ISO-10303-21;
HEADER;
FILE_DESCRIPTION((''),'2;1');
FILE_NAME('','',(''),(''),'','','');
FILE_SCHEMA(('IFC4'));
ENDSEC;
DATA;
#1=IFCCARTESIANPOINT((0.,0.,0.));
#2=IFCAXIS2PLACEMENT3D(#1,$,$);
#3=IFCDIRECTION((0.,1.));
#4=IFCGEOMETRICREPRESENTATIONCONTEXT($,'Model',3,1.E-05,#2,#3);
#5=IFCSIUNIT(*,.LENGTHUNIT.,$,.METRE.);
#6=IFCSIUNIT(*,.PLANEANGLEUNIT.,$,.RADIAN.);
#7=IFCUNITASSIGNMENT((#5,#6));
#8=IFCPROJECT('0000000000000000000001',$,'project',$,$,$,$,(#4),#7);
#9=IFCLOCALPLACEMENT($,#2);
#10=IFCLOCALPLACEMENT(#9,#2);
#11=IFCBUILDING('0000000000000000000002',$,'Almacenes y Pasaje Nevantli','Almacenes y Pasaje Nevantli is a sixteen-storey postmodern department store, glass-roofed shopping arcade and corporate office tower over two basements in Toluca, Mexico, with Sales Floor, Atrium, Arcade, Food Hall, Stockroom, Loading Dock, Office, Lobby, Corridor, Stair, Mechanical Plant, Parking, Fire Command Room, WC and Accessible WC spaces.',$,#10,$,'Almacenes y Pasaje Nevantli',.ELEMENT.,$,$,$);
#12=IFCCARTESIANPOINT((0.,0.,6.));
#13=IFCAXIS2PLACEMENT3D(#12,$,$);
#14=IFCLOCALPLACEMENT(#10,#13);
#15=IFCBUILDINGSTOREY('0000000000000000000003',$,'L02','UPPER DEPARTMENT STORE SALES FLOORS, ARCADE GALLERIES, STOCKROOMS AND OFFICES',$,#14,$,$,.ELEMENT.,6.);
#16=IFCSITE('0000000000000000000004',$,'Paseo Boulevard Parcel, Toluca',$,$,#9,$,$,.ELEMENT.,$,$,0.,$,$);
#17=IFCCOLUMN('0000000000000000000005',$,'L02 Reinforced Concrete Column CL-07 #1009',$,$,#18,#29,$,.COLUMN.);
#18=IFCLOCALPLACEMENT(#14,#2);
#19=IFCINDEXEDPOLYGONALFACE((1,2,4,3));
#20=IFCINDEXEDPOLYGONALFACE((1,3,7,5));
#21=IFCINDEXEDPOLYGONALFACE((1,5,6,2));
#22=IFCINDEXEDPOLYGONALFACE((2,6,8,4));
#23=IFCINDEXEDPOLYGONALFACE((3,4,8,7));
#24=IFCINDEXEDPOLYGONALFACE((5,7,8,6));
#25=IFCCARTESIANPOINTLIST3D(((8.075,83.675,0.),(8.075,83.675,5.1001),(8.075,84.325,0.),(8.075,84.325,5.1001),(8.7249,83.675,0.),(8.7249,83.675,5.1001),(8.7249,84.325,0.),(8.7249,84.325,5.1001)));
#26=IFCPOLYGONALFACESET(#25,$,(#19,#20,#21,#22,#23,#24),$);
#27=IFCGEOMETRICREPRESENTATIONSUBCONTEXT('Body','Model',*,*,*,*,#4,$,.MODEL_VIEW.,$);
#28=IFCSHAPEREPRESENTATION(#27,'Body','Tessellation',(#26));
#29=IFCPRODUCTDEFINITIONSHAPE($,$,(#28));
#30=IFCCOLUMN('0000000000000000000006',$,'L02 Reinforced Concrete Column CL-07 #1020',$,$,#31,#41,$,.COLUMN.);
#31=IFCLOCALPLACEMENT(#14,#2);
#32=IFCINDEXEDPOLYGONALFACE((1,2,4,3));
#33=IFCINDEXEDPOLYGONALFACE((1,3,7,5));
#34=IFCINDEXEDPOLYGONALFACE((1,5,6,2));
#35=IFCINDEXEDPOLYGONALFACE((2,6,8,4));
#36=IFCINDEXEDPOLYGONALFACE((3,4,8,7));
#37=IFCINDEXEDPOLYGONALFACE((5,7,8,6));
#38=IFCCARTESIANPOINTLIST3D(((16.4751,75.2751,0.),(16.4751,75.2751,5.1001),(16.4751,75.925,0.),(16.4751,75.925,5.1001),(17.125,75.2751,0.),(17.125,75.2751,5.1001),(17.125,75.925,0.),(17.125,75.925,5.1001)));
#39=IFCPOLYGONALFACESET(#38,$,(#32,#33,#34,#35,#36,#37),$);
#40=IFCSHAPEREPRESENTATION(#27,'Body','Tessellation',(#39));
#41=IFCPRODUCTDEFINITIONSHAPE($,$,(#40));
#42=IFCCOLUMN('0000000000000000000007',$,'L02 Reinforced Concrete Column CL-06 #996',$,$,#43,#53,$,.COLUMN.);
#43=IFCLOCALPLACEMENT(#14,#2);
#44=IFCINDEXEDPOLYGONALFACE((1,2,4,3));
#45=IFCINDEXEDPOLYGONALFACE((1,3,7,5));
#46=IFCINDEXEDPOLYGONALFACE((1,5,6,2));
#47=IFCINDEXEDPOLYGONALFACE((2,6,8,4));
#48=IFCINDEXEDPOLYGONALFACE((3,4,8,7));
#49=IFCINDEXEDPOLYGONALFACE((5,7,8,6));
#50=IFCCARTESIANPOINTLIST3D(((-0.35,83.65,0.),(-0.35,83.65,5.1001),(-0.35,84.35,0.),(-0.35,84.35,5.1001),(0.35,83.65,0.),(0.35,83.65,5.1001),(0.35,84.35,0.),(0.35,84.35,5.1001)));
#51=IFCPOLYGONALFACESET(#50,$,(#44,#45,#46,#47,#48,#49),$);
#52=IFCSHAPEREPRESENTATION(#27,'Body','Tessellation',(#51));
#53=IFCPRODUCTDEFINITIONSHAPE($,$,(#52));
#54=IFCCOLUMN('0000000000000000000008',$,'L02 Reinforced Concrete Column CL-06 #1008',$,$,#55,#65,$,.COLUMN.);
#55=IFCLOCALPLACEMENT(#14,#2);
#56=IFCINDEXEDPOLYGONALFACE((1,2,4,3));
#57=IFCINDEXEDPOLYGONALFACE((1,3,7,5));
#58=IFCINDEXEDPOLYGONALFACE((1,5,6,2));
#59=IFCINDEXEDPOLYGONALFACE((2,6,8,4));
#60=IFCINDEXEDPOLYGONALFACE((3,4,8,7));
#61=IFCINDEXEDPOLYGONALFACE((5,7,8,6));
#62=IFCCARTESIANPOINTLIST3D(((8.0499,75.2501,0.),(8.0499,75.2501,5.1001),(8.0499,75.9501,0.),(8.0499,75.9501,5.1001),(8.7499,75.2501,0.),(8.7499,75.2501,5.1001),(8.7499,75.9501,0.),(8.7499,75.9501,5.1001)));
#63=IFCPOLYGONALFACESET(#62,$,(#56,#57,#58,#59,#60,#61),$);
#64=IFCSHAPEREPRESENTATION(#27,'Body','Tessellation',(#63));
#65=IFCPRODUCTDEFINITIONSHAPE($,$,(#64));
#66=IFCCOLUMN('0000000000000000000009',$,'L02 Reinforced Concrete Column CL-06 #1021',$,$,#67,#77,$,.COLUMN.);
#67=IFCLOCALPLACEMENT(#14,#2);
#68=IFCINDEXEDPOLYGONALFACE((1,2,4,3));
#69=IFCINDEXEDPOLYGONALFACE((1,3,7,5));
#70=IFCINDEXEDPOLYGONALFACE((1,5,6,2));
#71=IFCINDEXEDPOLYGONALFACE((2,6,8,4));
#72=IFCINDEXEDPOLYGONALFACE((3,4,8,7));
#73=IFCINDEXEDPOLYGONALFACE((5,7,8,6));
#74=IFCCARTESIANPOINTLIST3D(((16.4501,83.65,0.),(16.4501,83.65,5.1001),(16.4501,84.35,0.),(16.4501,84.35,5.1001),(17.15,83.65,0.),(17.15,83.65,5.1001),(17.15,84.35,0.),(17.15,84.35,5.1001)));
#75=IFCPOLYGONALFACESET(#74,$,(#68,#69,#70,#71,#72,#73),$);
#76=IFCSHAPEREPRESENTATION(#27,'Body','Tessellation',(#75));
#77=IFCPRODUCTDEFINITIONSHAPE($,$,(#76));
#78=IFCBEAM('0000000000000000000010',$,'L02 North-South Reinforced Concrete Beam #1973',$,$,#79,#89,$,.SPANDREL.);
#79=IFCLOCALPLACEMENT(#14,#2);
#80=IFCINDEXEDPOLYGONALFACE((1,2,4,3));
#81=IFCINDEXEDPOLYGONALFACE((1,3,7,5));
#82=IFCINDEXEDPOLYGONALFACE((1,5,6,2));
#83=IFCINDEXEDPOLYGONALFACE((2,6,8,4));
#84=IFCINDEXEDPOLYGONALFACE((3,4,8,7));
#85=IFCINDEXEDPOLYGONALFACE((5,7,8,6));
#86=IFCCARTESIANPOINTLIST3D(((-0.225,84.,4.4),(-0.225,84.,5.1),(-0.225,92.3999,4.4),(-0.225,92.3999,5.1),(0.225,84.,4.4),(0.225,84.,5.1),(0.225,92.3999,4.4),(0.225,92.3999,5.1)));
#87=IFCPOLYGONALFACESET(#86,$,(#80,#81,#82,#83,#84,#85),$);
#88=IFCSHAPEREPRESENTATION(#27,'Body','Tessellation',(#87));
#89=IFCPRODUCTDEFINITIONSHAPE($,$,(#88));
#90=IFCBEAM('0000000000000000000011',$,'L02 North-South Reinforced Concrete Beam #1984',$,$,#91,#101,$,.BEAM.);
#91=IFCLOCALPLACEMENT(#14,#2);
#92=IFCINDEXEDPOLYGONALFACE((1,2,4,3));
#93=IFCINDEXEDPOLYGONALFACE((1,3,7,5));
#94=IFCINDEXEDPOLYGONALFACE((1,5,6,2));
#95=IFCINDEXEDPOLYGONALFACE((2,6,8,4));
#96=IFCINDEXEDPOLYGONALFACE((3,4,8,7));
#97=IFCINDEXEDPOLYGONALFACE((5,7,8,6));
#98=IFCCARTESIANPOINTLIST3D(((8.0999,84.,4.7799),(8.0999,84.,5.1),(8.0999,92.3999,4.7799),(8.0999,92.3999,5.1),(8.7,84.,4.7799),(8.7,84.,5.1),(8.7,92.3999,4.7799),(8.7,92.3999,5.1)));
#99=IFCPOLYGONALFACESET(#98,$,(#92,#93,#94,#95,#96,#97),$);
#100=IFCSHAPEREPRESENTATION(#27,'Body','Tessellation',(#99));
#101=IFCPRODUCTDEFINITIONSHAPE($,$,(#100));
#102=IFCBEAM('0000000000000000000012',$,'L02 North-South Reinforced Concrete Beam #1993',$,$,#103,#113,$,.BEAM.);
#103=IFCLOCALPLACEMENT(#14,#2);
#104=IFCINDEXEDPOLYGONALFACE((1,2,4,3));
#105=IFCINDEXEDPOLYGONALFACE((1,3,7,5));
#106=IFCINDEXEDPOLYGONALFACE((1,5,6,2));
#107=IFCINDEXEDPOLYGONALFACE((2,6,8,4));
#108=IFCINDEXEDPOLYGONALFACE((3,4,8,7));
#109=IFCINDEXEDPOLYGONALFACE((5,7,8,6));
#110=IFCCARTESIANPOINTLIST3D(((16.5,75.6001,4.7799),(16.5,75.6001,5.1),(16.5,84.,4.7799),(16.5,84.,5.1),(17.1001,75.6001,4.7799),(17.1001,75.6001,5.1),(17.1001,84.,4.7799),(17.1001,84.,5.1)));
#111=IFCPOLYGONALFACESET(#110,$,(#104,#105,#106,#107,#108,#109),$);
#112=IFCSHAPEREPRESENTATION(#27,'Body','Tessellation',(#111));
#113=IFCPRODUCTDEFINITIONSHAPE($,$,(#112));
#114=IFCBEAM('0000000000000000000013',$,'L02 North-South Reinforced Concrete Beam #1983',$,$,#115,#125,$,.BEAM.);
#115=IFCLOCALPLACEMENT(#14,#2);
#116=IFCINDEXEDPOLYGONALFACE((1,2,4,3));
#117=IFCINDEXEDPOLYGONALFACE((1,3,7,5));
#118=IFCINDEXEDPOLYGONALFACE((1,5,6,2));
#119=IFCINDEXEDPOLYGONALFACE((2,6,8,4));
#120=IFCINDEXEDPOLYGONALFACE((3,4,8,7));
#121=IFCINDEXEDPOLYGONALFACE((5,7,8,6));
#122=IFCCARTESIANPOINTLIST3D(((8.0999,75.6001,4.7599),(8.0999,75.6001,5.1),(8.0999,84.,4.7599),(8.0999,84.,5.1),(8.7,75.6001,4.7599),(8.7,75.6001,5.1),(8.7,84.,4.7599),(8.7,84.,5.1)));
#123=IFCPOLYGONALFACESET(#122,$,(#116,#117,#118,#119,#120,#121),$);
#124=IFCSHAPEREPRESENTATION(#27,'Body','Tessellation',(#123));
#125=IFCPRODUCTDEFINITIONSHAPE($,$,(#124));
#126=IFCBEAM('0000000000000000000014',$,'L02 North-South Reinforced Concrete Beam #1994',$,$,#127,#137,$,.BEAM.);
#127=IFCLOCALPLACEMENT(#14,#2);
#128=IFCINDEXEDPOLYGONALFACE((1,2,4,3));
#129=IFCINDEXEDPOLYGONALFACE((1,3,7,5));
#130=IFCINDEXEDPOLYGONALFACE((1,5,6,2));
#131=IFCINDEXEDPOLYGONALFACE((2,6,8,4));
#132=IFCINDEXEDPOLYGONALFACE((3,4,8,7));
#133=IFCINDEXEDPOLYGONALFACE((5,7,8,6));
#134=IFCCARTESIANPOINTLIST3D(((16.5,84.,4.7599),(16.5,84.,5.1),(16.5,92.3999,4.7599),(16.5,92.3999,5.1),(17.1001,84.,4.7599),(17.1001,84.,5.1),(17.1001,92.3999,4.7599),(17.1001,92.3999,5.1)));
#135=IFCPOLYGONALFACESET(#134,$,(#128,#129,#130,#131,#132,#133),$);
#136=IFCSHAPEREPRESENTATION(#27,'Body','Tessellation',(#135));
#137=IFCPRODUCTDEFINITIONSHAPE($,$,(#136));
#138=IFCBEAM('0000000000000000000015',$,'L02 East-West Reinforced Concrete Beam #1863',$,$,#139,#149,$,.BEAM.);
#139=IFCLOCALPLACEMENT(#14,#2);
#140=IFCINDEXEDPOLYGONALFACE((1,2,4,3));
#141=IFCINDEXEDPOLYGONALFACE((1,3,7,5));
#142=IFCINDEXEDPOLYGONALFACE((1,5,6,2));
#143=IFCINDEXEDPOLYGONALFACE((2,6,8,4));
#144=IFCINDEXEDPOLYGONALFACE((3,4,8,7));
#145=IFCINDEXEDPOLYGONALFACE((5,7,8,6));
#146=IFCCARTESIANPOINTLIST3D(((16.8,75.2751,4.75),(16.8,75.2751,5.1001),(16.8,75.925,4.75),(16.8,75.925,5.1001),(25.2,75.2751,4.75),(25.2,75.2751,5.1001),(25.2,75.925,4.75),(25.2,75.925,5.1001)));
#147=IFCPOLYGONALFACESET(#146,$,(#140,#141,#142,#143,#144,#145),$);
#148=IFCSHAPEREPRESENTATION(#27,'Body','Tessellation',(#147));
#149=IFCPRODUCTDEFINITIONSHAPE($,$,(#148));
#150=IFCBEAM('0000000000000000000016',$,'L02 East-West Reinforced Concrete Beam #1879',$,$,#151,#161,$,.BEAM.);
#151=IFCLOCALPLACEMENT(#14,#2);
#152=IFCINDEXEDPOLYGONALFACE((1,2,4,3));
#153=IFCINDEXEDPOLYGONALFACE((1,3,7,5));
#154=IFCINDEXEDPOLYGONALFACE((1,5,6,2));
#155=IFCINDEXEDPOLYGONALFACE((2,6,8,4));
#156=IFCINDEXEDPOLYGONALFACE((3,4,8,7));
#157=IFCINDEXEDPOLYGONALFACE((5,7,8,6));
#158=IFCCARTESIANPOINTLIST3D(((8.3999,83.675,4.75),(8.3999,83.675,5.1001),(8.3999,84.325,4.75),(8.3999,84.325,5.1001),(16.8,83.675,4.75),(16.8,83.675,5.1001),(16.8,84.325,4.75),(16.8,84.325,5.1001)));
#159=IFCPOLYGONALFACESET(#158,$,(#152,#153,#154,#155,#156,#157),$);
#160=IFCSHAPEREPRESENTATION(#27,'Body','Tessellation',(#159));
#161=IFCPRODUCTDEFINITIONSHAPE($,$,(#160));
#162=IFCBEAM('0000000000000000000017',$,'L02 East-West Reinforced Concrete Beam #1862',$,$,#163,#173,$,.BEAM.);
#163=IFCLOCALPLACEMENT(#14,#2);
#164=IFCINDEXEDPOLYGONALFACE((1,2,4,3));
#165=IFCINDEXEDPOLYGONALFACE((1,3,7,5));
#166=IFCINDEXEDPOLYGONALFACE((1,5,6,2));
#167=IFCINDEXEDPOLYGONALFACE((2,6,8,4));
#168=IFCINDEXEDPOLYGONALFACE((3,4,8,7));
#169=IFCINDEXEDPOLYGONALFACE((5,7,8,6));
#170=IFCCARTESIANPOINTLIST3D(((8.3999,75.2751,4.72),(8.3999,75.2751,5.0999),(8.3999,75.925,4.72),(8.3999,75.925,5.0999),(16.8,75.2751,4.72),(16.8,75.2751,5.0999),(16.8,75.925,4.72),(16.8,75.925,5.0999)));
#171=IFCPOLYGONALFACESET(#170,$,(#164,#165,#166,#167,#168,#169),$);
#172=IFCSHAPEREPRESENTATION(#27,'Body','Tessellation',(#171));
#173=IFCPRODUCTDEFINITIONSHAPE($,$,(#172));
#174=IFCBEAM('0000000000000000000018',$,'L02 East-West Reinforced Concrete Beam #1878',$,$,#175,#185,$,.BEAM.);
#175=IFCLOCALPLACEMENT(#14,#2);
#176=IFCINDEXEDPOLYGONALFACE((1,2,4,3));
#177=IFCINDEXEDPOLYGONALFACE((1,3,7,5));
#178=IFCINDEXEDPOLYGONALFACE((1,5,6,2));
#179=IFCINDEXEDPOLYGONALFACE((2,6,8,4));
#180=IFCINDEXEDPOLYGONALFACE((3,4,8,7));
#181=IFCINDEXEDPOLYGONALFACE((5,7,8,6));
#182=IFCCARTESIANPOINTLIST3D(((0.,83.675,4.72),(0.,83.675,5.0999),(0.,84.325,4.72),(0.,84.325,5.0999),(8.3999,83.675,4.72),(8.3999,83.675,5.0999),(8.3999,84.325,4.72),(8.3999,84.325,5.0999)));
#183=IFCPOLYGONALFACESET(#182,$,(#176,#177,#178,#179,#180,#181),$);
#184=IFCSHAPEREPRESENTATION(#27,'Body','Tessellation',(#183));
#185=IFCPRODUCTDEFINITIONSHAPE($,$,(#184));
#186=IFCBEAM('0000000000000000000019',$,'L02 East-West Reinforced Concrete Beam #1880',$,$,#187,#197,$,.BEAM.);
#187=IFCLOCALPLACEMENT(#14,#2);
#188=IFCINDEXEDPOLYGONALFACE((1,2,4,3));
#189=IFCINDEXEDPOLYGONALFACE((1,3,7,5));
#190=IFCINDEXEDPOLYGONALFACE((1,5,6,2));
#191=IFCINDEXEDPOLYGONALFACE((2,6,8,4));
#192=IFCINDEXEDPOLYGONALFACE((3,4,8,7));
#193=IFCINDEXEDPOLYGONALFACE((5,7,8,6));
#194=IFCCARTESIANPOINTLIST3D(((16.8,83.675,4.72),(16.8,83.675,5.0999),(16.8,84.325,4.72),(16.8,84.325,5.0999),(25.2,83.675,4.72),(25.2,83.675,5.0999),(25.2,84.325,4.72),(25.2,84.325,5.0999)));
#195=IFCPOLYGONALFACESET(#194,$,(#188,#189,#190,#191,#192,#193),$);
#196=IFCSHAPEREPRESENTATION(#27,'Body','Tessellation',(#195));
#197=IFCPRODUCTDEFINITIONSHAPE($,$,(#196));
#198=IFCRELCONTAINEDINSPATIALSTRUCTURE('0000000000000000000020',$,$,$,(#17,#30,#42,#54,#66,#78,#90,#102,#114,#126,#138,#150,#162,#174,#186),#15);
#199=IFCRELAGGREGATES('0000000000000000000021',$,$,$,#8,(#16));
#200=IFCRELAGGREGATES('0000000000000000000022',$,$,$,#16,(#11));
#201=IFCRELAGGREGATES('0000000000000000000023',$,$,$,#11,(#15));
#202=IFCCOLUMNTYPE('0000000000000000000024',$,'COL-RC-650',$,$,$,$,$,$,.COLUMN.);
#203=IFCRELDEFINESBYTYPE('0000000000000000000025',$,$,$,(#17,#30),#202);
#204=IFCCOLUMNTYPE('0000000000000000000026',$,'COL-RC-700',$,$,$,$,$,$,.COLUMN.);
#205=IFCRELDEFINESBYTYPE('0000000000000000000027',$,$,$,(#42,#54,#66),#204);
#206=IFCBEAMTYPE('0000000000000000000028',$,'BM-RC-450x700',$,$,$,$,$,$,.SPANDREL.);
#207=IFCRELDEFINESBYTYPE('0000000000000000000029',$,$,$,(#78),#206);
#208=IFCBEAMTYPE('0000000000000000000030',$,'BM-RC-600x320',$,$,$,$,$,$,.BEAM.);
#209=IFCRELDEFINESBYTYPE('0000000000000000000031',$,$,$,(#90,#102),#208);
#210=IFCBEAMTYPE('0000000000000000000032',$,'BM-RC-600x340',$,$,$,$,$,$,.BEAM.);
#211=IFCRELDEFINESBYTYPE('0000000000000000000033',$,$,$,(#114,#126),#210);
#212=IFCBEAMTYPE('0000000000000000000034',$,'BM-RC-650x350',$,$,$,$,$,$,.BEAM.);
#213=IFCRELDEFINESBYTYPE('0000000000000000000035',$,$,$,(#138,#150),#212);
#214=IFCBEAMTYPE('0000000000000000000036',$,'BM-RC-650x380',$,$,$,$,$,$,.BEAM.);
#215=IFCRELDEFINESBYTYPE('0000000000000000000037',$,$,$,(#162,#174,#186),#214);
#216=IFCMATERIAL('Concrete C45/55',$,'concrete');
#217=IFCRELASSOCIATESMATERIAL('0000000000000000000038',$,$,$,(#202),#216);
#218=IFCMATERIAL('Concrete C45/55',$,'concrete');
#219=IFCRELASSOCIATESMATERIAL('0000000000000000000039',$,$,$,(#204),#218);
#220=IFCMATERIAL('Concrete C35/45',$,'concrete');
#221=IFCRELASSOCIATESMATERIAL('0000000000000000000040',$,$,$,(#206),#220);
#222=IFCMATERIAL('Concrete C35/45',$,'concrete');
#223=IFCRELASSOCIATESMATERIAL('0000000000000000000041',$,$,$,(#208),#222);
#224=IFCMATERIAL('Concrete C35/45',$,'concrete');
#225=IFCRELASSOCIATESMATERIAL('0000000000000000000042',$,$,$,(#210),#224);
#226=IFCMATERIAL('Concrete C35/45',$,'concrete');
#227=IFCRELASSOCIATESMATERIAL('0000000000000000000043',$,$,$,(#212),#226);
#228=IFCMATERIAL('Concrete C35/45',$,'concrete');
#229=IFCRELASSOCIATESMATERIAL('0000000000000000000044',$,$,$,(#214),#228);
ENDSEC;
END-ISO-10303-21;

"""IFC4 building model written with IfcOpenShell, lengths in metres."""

from ifc_helpers import new_model, si_unit, direction, frame, origin, origin_2d, place, context, subcontext, project, spatial, rectangle, extrude, material, material_profile, profile_set, type_object, element, save


model = new_model("IFC4")

# Units and contexts
model_context = context("Model", 3, precision=1e-05, world=origin(), true_north=direction((0.0, 1.0)))
body_context = subcontext(model_context, "Body", "Model", "MODEL_VIEW")
ifc_project = project(units=[si_unit("LENGTHUNIT", "METRE"), si_unit("PLANEANGLEUNIT", "RADIAN")], contexts=[model_context])

# Site, building, storey
site_placement = place(None, origin())
site = spatial("IfcSite", under=ifc_project, at=site_placement, Name="Paseo Boulevard Parcel, Toluca", CompositionType="ELEMENT", RefElevation=0.0)
building_placement = place(site_placement, origin())
building = spatial("IfcBuilding", under=site, at=building_placement, Name="Almacenes y Pasaje Nevantli", Description="Almacenes y Pasaje Nevantli is a sixteen-storey postmodern department store, glass-roofed shopping arcade and corporate office tower over two basements in Toluca, Mexico, with Sales Floor, Atrium, Arcade, Food Hall, Stockroom, Loading Dock, Office, Lobby, Corridor, Stair, Mechanical Plant, Parking, Fire Command Room, WC and Accessible WC spaces.", LongName="Almacenes y Pasaje Nevantli", CompositionType="ELEMENT")
storey_placement = place(building_placement, frame((0.0, 0.0, 6.0)))
storey = spatial("IfcBuildingStorey", under=building, at=storey_placement, Name="L02", Description="UPPER DEPARTMENT STORE SALES FLOORS, ARCADE GALLERIES, STOCKROOMS AND OFFICES", CompositionType="ELEMENT", Elevation=6.0)

# Columns
ifc_material_1 = material(Name="Concrete C45/55", Category="concrete")
ifc_material_profile_1 = material_profile(ifc_material_1, rectangle(XDim=0.6499, YDim=0.6499, at=origin_2d()), Name="RC-COL-650x650")
ifc_profile_set_1 = profile_set([ifc_material_profile_1], Name="Concrete C45/55")
column_type_1 = type_object("IfcColumnType", Name="COL-RC-650", PredefinedType="COLUMN", material=ifc_profile_set_1)
for number, where, z_axis, x_axis, name in (
    (1, (8.3999, 84.0, 0.0), (0.0, 0.0, 1.0), (1.0, 0.0, 0.0), "L02 Reinforced Concrete Column CL-07 #1009"),
    (2, (16.8, 75.6001, 0.0), (0.0, 0.0, 1.0), (1.0, 0.0, 0.0), "L02 Reinforced Concrete Column CL-07 #1020"),
):
    element("IfcColumn", number, at=place(storey_placement, frame(where, z_axis=z_axis, x_axis=x_axis)), inside=storey, type_object=column_type_1, Name=name, PredefinedType="COLUMN", context=body_context, shape_type="SweptSolid", body=[
        extrude(rectangle(XDim=0.6499, YDim=0.6499, at=origin_2d()), origin(), (0.0, 0.0, 1.0), 5.1001),
    ])
ifc_material_2 = material(Name="Concrete C45/55", Category="concrete")
ifc_material_profile_2 = material_profile(ifc_material_2, rectangle(XDim=0.7, YDim=0.7, at=origin_2d()), Name="RC-COL-700x700")
ifc_profile_set_2 = profile_set([ifc_material_profile_2], Name="Concrete C45/55")
column_type_2 = type_object("IfcColumnType", Name="COL-RC-700", PredefinedType="COLUMN", material=ifc_profile_set_2)
for number, where, z_axis, x_axis, name in (
    (3, (0.0, 84.0, 0.0), (0.0, 0.0, 1.0), (1.0, 0.0, 0.0), "L02 Reinforced Concrete Column CL-06 #996"),
    (4, (8.3999, 75.6001, 0.0), (0.0, 0.0, 1.0), (1.0, 0.0, 0.0), "L02 Reinforced Concrete Column CL-06 #1008"),
    (5, (16.8, 84.0, 0.0), (0.0, 0.0, 1.0), (1.0, 0.0, 0.0), "L02 Reinforced Concrete Column CL-06 #1021"),
):
    element("IfcColumn", number, at=place(storey_placement, frame(where, z_axis=z_axis, x_axis=x_axis)), inside=storey, type_object=column_type_2, Name=name, PredefinedType="COLUMN", context=body_context, shape_type="SweptSolid", body=[
        extrude(rectangle(XDim=0.7, YDim=0.7, at=origin_2d()), origin(), (0.0, 0.0, 1.0), 5.1001),
    ])

# Beams
ifc_material_3 = material(Name="Concrete C35/45", Category="concrete")
ifc_material_profile_3 = material_profile(ifc_material_3, rectangle(XDim=0.45, YDim=0.7, at=origin_2d()), Name="RC-BM-450x700")
ifc_profile_set_3 = profile_set([ifc_material_profile_3], Name="Concrete C35/45")
beam_type_1 = type_object("IfcBeamType", Name="BM-RC-450x700", PredefinedType="SPANDREL", material=ifc_profile_set_3)
beam_1_placement = place(storey_placement, frame((0.0, 84.0, 4.75), z_axis=(0.0, 1.0, 0.0), x_axis=(-1.0, 0.0, 0.0)))
element("IfcBeam", 6, at=beam_1_placement, inside=storey, type_object=beam_type_1, Name="L02 North-South Reinforced Concrete Beam #1973", PredefinedType="SPANDREL", context=body_context, shape_type="SweptSolid", body=[
    extrude(rectangle(XDim=0.45, YDim=0.7, at=origin_2d()), origin(), (0.0, 0.0, 1.0), 8.3999),
])
ifc_material_4 = material(Name="Concrete C35/45", Category="concrete")
ifc_material_profile_4 = material_profile(ifc_material_4, rectangle(XDim=0.6001, YDim=0.3201, at=origin_2d()), Name="RC-BM-600x320")
ifc_profile_set_4 = profile_set([ifc_material_profile_4], Name="Concrete C35/45")
beam_type_2 = type_object("IfcBeamType", Name="BM-RC-600x320", PredefinedType="BEAM", material=ifc_profile_set_4)
for number, where, z_axis, x_axis, name in (
    (7, (8.3999, 84.0, 4.9399), (0.0, 1.0, 0.0), (-1.0, 0.0, 0.0), "L02 North-South Reinforced Concrete Beam #1984"),
    (8, (16.8, 75.6001, 4.9399), (0.0, 1.0, 0.0), (-1.0, 0.0, 0.0), "L02 North-South Reinforced Concrete Beam #1993"),
):
    element("IfcBeam", number, at=place(storey_placement, frame(where, z_axis=z_axis, x_axis=x_axis)), inside=storey, type_object=beam_type_2, Name=name, PredefinedType="BEAM", context=body_context, shape_type="SweptSolid", body=[
        extrude(rectangle(XDim=0.6001, YDim=0.3201, at=origin_2d()), origin(), (0.0, 0.0, 1.0), 8.3999),
    ])
ifc_material_5 = material(Name="Concrete C35/45", Category="concrete")
ifc_material_profile_5 = material_profile(ifc_material_5, rectangle(XDim=0.6001, YDim=0.3401, at=origin_2d()), Name="RC-BM-600x340")
ifc_profile_set_5 = profile_set([ifc_material_profile_5], Name="Concrete C35/45")
beam_type_3 = type_object("IfcBeamType", Name="BM-RC-600x340", PredefinedType="BEAM", material=ifc_profile_set_5)
for number, where, z_axis, x_axis, name in (
    (9, (8.3999, 75.6001, 4.9299), (0.0, 1.0, 0.0), (-1.0, 0.0, 0.0), "L02 North-South Reinforced Concrete Beam #1983"),
    (10, (16.8, 84.0, 4.9299), (0.0, 1.0, 0.0), (-1.0, 0.0, 0.0), "L02 North-South Reinforced Concrete Beam #1994"),
):
    element("IfcBeam", number, at=place(storey_placement, frame(where, z_axis=z_axis, x_axis=x_axis)), inside=storey, type_object=beam_type_3, Name=name, PredefinedType="BEAM", context=body_context, shape_type="SweptSolid", body=[
        extrude(rectangle(XDim=0.6001, YDim=0.3401, at=origin_2d()), origin(), (0.0, 0.0, 1.0), 8.3999),
    ])
ifc_material_6 = material(Name="Concrete C35/45", Category="concrete")
ifc_material_profile_6 = material_profile(ifc_material_6, rectangle(XDim=0.6499, YDim=0.3501, at=origin_2d()), Name="RC-BM-650x350")
ifc_profile_set_6 = profile_set([ifc_material_profile_6], Name="Concrete C35/45")
beam_type_4 = type_object("IfcBeamType", Name="BM-RC-650x350", PredefinedType="BEAM", material=ifc_profile_set_6)
beam_2_placement = place(storey_placement, frame((16.8, 75.6001, 4.925), z_axis=(1.0, 0.0, 0.0), x_axis=(0.0, 1.0, 0.0)))
element("IfcBeam", 11, at=beam_2_placement, inside=storey, type_object=beam_type_4, Name="L02 East-West Reinforced Concrete Beam #1863", PredefinedType="BEAM", context=body_context, shape_type="SweptSolid", body=[
    extrude(rectangle(XDim=0.6499, YDim=0.3501, at=origin_2d()), origin(), (0.0, 0.0, 1.0), 8.3999),
])
beam_3_placement = place(storey_placement, frame((8.3999, 84.0, 4.925), z_axis=(1.0, 0.0, 0.0), x_axis=(0.0, 1.0, 0.0)))
element("IfcBeam", 12, at=beam_3_placement, inside=storey, type_object=beam_type_4, Name="L02 East-West Reinforced Concrete Beam #1879", PredefinedType="BEAM", context=body_context, shape_type="SweptSolid", body=[
    extrude(rectangle(XDim=0.6499, YDim=0.3501, at=origin_2d()), origin(), (0.0, 0.0, 1.0), 8.4001),
])
ifc_material_7 = material(Name="Concrete C35/45", Category="concrete")
ifc_material_profile_7 = material_profile(ifc_material_7, rectangle(XDim=0.6499, YDim=0.3799, at=origin_2d()), Name="RC-BM-650x380")
ifc_profile_set_7 = profile_set([ifc_material_profile_7], Name="Concrete C35/45")
beam_type_5 = type_object("IfcBeamType", Name="BM-RC-650x380", PredefinedType="BEAM", material=ifc_profile_set_7)
beam_4_placement = place(storey_placement, frame((8.3999, 75.6001, 4.9099), z_axis=(1.0, 0.0, 0.0), x_axis=(0.0, 1.0, 0.0)))
element("IfcBeam", 13, at=beam_4_placement, inside=storey, type_object=beam_type_5, Name="L02 East-West Reinforced Concrete Beam #1862", PredefinedType="BEAM", context=body_context, shape_type="SweptSolid", body=[
    extrude(rectangle(XDim=0.6499, YDim=0.3799, at=origin_2d()), origin(), (0.0, 0.0, 1.0), 8.4001),
])
for number, where, z_axis, x_axis, name in (
    (14, (0.0, 84.0, 4.9099), (1.0, 0.0, 0.0), (0.0, 1.0, 0.0), "L02 East-West Reinforced Concrete Beam #1878"),
    (15, (16.8, 84.0, 4.9099), (1.0, 0.0, 0.0), (0.0, 1.0, 0.0), "L02 East-West Reinforced Concrete Beam #1880"),
):
    element("IfcBeam", number, at=place(storey_placement, frame(where, z_axis=z_axis, x_axis=x_axis)), inside=storey, type_object=beam_type_5, Name=name, PredefinedType="BEAM", context=body_context, shape_type="SweptSolid", body=[
        extrude(rectangle(XDim=0.6499, YDim=0.3799, at=origin_2d()), origin(), (0.0, 0.0, 1.0), 8.3999),
    ])

save(model, "model.ifc")
